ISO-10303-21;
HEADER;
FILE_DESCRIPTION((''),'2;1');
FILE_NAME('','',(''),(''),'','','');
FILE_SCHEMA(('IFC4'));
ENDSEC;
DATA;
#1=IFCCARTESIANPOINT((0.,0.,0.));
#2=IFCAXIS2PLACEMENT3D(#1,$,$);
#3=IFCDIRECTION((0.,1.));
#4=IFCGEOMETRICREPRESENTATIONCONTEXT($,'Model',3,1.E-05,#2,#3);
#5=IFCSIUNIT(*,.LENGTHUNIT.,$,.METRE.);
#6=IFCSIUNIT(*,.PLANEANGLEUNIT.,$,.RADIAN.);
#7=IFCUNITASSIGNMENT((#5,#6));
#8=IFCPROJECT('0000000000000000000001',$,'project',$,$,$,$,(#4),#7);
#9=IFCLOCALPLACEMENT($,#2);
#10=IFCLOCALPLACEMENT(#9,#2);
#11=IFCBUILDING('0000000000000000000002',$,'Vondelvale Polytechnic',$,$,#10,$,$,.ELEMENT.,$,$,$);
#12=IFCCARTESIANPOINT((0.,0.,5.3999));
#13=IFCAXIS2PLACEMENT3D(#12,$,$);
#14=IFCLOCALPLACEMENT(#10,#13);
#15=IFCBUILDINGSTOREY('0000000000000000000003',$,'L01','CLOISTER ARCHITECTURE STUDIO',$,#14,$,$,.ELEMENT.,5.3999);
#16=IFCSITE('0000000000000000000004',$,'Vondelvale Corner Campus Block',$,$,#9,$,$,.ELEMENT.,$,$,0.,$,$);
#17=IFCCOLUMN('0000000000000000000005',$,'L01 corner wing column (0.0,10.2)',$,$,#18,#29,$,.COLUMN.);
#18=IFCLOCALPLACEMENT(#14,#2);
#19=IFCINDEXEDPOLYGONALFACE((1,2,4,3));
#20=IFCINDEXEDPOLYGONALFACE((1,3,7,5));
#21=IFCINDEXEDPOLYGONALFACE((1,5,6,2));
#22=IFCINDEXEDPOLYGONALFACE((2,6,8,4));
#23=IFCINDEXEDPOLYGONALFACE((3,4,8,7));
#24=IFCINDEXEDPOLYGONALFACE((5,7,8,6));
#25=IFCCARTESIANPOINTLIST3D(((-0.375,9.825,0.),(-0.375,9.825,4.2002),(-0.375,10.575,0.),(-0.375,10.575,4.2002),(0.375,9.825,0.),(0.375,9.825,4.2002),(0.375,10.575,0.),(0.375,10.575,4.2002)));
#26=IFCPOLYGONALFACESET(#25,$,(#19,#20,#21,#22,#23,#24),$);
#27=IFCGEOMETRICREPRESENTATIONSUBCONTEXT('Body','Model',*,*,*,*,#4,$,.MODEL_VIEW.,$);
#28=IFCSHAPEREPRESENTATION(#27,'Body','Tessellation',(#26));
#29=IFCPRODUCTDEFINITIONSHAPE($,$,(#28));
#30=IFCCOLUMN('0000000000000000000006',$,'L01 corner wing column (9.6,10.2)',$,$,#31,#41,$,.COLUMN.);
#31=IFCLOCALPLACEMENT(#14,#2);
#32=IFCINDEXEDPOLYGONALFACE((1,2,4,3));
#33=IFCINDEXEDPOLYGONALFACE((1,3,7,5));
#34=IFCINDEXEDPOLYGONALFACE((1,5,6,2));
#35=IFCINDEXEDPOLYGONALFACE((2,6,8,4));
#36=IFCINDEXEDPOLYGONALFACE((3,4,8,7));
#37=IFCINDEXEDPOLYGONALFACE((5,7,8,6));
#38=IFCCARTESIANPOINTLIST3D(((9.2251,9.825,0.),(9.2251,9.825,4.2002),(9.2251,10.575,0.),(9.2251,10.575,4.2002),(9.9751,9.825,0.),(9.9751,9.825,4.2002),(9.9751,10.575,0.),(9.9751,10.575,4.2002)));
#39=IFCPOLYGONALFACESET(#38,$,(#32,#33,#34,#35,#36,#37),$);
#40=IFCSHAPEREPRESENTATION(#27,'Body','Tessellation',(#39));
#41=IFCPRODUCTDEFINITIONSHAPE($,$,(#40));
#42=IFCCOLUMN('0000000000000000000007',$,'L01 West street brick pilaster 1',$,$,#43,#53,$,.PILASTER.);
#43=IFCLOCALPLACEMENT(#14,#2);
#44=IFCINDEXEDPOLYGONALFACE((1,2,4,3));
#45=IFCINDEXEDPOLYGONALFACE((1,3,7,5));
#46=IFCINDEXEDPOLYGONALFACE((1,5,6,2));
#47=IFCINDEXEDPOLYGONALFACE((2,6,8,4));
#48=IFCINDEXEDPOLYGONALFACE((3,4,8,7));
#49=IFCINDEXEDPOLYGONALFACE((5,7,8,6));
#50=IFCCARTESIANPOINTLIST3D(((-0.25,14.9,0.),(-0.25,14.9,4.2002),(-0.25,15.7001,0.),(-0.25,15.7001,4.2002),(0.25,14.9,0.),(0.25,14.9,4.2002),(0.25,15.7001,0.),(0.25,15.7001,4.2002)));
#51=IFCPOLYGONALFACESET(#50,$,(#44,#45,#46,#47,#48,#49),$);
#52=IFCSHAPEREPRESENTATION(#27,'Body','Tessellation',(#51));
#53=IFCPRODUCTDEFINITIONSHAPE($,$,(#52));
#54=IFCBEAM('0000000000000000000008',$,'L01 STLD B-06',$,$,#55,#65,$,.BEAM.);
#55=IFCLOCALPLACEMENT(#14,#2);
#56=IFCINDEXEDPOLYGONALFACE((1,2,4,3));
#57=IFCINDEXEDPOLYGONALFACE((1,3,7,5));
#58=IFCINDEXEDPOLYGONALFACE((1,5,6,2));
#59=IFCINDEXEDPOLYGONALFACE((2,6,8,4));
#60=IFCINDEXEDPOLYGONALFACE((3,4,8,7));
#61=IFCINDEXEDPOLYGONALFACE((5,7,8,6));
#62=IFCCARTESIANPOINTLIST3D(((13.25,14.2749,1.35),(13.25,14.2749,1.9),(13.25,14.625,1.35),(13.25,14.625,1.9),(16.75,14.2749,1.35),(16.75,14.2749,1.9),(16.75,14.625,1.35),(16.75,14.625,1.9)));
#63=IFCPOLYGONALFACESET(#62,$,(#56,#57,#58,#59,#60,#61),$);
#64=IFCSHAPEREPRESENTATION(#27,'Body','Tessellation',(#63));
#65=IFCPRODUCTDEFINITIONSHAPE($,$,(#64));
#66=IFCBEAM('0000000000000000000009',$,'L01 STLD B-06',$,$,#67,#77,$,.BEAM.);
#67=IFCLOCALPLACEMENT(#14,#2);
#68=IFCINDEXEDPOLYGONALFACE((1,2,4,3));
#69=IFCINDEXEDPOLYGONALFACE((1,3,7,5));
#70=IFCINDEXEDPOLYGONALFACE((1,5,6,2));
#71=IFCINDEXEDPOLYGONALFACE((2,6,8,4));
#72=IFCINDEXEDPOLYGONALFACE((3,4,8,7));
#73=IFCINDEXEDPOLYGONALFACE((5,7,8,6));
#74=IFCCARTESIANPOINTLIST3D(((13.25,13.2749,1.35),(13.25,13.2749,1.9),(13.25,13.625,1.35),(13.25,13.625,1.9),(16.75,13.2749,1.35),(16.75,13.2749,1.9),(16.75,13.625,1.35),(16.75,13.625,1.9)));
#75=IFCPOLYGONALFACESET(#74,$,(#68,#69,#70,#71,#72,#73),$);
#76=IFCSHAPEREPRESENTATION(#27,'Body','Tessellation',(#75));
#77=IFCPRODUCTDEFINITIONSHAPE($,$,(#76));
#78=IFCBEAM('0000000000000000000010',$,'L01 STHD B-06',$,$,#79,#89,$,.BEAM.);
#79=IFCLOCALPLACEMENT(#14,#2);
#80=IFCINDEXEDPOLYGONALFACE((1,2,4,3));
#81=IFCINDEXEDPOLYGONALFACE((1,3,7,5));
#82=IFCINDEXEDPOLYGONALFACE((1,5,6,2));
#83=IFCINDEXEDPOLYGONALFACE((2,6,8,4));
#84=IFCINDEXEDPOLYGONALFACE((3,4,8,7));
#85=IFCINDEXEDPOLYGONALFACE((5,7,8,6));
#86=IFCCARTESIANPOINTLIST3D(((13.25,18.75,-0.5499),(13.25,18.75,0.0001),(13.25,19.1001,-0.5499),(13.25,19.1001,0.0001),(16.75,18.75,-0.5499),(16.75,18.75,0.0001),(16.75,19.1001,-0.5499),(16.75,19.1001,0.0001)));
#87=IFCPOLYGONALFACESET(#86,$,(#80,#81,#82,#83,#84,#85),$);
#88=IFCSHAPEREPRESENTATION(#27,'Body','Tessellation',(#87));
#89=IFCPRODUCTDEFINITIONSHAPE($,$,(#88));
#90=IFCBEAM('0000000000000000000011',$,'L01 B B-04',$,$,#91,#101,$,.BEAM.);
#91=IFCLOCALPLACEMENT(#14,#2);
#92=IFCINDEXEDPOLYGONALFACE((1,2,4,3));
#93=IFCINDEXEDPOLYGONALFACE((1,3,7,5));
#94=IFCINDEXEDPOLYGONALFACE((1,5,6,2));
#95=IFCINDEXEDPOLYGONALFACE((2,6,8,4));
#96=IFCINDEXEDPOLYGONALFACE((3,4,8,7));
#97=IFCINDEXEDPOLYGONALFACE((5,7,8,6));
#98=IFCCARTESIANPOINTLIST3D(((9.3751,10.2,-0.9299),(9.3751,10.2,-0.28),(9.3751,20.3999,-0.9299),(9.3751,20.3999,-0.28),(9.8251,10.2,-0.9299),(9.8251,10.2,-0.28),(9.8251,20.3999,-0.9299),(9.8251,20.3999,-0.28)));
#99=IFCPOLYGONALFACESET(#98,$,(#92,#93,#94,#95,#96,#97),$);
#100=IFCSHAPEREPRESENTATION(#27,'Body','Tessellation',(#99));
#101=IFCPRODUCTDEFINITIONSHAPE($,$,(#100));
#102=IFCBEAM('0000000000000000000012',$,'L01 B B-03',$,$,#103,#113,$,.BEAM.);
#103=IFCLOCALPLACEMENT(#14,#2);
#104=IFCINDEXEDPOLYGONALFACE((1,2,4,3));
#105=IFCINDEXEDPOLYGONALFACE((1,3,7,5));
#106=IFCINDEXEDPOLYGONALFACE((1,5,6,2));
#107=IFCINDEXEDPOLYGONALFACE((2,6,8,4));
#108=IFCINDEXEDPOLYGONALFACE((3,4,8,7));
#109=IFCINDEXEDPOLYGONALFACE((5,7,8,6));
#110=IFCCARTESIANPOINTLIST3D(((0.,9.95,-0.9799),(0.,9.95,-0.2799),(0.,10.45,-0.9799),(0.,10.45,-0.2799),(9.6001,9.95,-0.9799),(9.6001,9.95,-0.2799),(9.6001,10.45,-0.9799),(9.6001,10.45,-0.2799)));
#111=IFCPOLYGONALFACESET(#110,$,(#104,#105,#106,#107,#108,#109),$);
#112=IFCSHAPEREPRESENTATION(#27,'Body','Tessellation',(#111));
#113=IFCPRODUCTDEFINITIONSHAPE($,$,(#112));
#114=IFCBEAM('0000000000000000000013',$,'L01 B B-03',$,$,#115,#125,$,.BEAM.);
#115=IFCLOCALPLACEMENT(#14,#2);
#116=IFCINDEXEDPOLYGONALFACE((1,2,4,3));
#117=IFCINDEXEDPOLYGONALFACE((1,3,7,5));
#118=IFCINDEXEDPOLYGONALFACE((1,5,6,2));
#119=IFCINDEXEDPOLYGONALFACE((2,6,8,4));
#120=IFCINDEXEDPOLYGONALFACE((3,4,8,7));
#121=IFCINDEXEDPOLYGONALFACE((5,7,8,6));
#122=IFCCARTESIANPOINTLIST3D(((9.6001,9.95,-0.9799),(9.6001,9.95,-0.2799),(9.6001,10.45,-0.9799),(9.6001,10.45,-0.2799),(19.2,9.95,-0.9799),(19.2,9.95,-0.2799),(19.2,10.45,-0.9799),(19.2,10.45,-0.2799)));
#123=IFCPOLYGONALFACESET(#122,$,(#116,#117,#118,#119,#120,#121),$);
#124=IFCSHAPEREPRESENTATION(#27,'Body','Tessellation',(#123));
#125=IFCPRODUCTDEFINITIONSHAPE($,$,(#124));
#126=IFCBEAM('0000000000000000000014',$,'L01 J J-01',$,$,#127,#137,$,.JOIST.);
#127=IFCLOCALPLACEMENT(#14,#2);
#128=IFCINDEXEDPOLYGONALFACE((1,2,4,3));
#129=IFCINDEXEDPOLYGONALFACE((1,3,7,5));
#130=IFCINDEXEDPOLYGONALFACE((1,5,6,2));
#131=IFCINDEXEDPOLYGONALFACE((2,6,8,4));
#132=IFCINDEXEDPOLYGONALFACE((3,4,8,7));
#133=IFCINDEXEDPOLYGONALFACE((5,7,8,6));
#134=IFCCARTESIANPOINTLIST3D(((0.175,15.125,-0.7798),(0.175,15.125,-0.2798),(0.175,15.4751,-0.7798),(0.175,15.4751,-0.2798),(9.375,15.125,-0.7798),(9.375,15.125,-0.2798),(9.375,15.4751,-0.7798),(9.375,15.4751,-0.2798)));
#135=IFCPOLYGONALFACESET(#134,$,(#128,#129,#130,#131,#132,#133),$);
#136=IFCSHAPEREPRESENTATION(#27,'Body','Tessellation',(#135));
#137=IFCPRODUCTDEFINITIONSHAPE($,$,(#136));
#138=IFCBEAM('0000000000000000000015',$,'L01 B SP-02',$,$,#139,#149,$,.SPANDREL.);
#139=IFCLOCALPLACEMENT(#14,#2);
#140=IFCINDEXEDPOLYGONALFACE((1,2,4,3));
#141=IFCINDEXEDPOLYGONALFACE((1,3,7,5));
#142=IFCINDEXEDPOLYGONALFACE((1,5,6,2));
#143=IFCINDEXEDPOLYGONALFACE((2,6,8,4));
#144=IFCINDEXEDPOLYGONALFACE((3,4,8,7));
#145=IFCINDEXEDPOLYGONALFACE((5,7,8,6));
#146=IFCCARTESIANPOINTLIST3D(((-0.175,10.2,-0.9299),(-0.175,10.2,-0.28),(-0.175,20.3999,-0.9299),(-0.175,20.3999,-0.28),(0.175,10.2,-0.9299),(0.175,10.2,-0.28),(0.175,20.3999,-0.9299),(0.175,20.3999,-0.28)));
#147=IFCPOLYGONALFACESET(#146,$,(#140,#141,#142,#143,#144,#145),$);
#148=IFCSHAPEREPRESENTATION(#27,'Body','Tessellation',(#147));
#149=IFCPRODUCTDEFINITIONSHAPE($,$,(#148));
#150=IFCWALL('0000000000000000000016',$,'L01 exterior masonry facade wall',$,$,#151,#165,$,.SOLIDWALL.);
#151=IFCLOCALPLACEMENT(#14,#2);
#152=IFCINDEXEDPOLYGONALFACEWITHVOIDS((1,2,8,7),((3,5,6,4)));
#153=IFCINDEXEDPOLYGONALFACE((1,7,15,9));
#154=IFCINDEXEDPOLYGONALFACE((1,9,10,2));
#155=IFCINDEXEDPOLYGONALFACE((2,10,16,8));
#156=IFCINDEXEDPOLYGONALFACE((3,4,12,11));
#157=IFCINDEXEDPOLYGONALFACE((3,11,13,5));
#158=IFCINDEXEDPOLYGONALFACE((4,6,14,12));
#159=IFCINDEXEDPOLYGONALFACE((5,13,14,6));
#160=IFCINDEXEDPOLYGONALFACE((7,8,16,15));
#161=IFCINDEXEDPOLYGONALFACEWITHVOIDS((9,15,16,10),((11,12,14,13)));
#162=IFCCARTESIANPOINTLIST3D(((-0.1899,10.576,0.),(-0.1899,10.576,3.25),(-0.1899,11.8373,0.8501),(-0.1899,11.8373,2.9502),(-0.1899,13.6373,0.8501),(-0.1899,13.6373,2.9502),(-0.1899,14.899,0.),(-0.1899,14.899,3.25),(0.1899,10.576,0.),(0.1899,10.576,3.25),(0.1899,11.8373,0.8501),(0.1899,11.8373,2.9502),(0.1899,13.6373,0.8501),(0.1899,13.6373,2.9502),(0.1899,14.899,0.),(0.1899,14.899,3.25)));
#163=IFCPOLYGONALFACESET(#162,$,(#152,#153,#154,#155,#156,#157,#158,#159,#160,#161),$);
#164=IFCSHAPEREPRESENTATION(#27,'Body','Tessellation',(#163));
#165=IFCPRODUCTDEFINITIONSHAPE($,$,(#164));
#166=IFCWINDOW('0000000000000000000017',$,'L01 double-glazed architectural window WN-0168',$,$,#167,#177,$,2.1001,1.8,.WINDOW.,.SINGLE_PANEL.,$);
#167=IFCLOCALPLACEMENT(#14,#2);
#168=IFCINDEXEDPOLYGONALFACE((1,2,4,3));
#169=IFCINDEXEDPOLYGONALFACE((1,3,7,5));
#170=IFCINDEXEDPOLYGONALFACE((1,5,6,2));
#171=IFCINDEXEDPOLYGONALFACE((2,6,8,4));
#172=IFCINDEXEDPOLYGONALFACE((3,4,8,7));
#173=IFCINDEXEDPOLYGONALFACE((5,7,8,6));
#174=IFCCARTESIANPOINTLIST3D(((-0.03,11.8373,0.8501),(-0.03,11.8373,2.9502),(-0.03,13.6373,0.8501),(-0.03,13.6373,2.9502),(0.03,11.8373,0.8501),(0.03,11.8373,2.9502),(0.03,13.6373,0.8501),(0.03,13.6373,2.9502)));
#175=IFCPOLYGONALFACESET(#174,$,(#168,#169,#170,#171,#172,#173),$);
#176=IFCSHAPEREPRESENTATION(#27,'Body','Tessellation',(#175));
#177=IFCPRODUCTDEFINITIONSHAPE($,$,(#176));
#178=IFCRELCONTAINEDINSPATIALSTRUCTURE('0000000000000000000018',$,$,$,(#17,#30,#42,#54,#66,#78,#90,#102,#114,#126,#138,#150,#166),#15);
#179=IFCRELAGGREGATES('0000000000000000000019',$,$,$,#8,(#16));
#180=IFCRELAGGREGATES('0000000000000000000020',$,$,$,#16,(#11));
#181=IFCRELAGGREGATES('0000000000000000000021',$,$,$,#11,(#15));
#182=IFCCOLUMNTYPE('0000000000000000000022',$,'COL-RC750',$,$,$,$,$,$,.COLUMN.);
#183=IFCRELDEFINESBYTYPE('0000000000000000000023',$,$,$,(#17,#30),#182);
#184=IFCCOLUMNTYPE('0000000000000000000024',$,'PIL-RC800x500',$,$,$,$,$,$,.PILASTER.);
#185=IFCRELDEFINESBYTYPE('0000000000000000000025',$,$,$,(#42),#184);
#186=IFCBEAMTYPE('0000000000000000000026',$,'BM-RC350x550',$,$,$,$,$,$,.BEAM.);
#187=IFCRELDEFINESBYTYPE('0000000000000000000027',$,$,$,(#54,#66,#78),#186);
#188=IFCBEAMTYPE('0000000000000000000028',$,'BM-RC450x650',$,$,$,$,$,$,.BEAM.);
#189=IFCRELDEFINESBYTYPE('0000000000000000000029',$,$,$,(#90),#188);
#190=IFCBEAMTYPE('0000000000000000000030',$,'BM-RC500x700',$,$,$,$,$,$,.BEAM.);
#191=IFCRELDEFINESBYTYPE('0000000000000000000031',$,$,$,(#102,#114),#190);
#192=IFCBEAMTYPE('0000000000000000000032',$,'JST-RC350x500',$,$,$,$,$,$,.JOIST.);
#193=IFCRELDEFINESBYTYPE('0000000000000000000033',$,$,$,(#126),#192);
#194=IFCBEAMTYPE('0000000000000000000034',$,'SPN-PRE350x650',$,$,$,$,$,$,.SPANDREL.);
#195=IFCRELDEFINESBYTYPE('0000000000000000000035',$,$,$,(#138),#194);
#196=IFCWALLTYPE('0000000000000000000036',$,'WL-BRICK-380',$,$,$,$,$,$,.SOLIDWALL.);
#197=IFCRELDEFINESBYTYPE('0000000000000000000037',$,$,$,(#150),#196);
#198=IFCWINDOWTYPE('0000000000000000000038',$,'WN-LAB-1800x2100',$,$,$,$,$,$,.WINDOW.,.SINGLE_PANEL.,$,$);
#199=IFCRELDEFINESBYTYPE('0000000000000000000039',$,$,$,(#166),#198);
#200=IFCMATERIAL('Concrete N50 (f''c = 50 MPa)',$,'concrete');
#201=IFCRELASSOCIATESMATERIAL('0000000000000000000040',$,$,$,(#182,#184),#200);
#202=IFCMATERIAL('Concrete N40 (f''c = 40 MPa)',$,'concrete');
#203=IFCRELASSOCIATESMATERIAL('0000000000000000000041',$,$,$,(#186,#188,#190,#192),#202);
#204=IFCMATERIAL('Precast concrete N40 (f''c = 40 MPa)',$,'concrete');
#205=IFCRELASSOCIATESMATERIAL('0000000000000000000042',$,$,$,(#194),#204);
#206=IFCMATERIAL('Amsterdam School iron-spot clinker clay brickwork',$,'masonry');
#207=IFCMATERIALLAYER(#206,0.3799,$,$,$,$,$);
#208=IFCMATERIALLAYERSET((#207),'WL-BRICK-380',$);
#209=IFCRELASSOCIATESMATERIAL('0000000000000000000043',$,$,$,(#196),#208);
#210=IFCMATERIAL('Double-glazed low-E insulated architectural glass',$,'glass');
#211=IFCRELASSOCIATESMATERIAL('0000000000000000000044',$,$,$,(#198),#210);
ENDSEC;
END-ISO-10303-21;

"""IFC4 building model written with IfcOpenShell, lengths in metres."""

from ifc_helpers import new_model, si_unit, direction, frame, frame_2d, origin, origin_2d, place, context, subcontext, project, spatial, rectangle, extrude, material, layer, layer_set, material_profile, profile_set, type_object, element, fill, save


model = new_model("IFC4")

# Units and contexts
model_context = context("Model", 3, precision=1e-05, world=origin(), true_north=direction((0.0, 1.0)))
body_context = subcontext(model_context, "Body", "Model", "MODEL_VIEW")
ifc_project = project(units=[si_unit("LENGTHUNIT", "METRE"), si_unit("PLANEANGLEUNIT", "RADIAN")], contexts=[model_context])

# Site, building, storey
site_placement = place(None, origin())
site = spatial("IfcSite", under=ifc_project, at=site_placement, Name="Vondelvale Corner Campus Block", CompositionType="ELEMENT", RefElevation=0.0)
building_placement = place(site_placement, origin())
building = spatial("IfcBuilding", under=site, at=building_placement, Name="Vondelvale Polytechnic", CompositionType="ELEMENT")
storey_placement = place(building_placement, frame((0.0, 0.0, 5.3999)))
storey = spatial("IfcBuildingStorey", under=building, at=storey_placement, Name="L01", Description="CLOISTER ARCHITECTURE STUDIO", CompositionType="ELEMENT", Elevation=5.3999)

# Columns
ifc_material_1 = material(Name="Concrete N50 (f'c = 50 MPa)", Category="concrete")
ifc_material_profile_1 = material_profile(ifc_material_1, rectangle(XDim=0.75, YDim=0.75, at=origin_2d()), Name="RC-COL-750x750")
ifc_profile_set_1 = profile_set([ifc_material_profile_1], Name="Concrete N50 (f'c = 50 MPa)")
column_type_1 = type_object("IfcColumnType", Name="COL-RC750", PredefinedType="COLUMN", material=ifc_profile_set_1)
for number, where, z_axis, x_axis, name in (
    (1, (0.0, 10.2, 0.0), (0.0, 0.0, 1.0), (1.0, 0.0, 0.0), "L01 corner wing column (0.0,10.2)"),
    (2, (9.6001, 10.2, 0.0), (0.0, 0.0, 1.0), (1.0, 0.0, 0.0), "L01 corner wing column (9.6,10.2)"),
):
    element("IfcColumn", number, at=place(storey_placement, frame(where, z_axis=z_axis, x_axis=x_axis)), inside=storey, type_object=column_type_1, Name=name, PredefinedType="COLUMN", context=body_context, shape_type="SweptSolid", body=[
        extrude(rectangle(XDim=0.75, YDim=0.75, at=origin_2d()), origin(), (0.0, 0.0, 1.0), 4.2002),
    ])
ifc_material_profile_2 = material_profile(ifc_material_1, rectangle(XDim=0.5, YDim=0.8, at=origin_2d()), Name="RC-PIL-800x500")
ifc_profile_set_2 = profile_set([ifc_material_profile_2], Name="Concrete N50 (f'c = 50 MPa)")
column_type_2 = type_object("IfcColumnType", Name="PIL-RC800x500", PredefinedType="PILASTER", material=ifc_profile_set_2)
column_placement = place(storey_placement, frame((0.0, 15.3, 0.0), z_axis=(0.0, 0.0, 1.0), x_axis=(1.0, 0.0, 0.0)))
element("IfcColumn", 3, at=column_placement, inside=storey, type_object=column_type_2, Name="L01 West street brick pilaster 1", PredefinedType="PILASTER", context=body_context, shape_type="SweptSolid", body=[
    extrude(rectangle(XDim=0.5, YDim=0.8, at=origin_2d()), origin(), (0.0, 0.0, 1.0), 4.2002),
])

# Beams
ifc_material_2 = material(Name="Concrete N40 (f'c = 40 MPa)", Category="concrete")
ifc_material_profile_3 = material_profile(ifc_material_2, rectangle(XDim=0.3501, YDim=0.55, at=origin_2d()), Name="RC-BM-350x550")
ifc_profile_set_3 = profile_set([ifc_material_profile_3], Name="Concrete N40 (f'c = 40 MPa)")
beam_type_1 = type_object("IfcBeamType", Name="BM-RC350x550", PredefinedType="BEAM", material=ifc_profile_set_3)
for number, where, z_axis, x_axis, name in (
    (4, (13.25, 14.45, 1.625), (1.0, 0.0, 0.0), (0.0, 1.0, 0.0), "L01 STLD B-06"),
    (5, (13.25, 13.45, 1.625), (1.0, 0.0, 0.0), (0.0, 1.0, 0.0), "L01 STLD B-06"),
    (6, (13.25, 18.925, -0.2749), (1.0, 0.0, 0.0), (0.0, 1.0, 0.0), "L01 STHD B-06"),
):
    element("IfcBeam", number, at=place(storey_placement, frame(where, z_axis=z_axis, x_axis=x_axis)), inside=storey, type_object=beam_type_1, Name=name, PredefinedType="BEAM", context=body_context, shape_type="SweptSolid", body=[
        extrude(rectangle(XDim=0.3501, YDim=0.55, at=origin_2d()), origin(), (0.0, 0.0, 1.0), 3.5),
    ])
ifc_material_profile_4 = material_profile(ifc_material_2, rectangle(XDim=0.45, YDim=0.6499, at=origin_2d()), Name="RC-BM-450x650")
ifc_profile_set_4 = profile_set([ifc_material_profile_4], Name="Concrete N40 (f'c = 40 MPa)")
beam_type_2 = type_object("IfcBeamType", Name="BM-RC450x650", PredefinedType="BEAM", material=ifc_profile_set_4)
beam_1_placement = place(storey_placement, frame((9.6001, 10.2, -0.605), z_axis=(0.0, 1.0, 0.0), x_axis=(-1.0, 0.0, 0.0)))
element("IfcBeam", 7, at=beam_1_placement, inside=storey, type_object=beam_type_2, Name="L01 B B-04", PredefinedType="BEAM", context=body_context, shape_type="SweptSolid", body=[
    extrude(rectangle(XDim=0.45, YDim=0.6499, at=origin_2d()), origin(), (0.0, 0.0, 1.0), 10.2),
])
ifc_material_profile_5 = material_profile(ifc_material_2, rectangle(XDim=0.5, YDim=0.7, at=origin_2d()), Name="RC-BM-500x700")
ifc_profile_set_5 = profile_set([ifc_material_profile_5], Name="Concrete N40 (f'c = 40 MPa)")
beam_type_3 = type_object("IfcBeamType", Name="BM-RC500x700", PredefinedType="BEAM", material=ifc_profile_set_5)
beam_2_placement = place(storey_placement, frame((0.0, 10.2, -0.6299), z_axis=(1.0, 0.0, 0.0), x_axis=(0.0, 1.0, 0.0)))
element("IfcBeam", 8, at=beam_2_placement, inside=storey, type_object=beam_type_3, Name="L01 B B-03", PredefinedType="BEAM", context=body_context, shape_type="SweptSolid", body=[
    extrude(rectangle(XDim=0.5, YDim=0.7, at=origin_2d()), origin(), (0.0, 0.0, 1.0), 9.6001),
])
beam_3_placement = place(storey_placement, frame((9.6001, 10.2, -0.6299), z_axis=(1.0, 0.0, 0.0), x_axis=(0.0, 1.0, 0.0)))
element("IfcBeam", 9, at=beam_3_placement, inside=storey, type_object=beam_type_3, Name="L01 B B-03", PredefinedType="BEAM", context=body_context, shape_type="SweptSolid", body=[
    extrude(rectangle(XDim=0.5, YDim=0.7, at=origin_2d()), origin(), (0.0, 0.0, 1.0), 9.5999),
])
ifc_material_profile_6 = material_profile(ifc_material_2, rectangle(XDim=0.3501, YDim=0.5, at=origin_2d()), Name="RC-JST-350x500")
ifc_profile_set_6 = profile_set([ifc_material_profile_6], Name="Concrete N40 (f'c = 40 MPa)")
beam_type_4 = type_object("IfcBeamType", Name="JST-RC350x500", PredefinedType="JOIST", material=ifc_profile_set_6)
beam_4_placement = place(storey_placement, frame((0.175, 15.3, -0.5298), z_axis=(1.0, 0.0, 0.0), x_axis=(0.0, 1.0, 0.0)))
element("IfcBeam", 10, at=beam_4_placement, inside=storey, type_object=beam_type_4, Name="L01 J J-01", PredefinedType="JOIST", context=body_context, shape_type="SweptSolid", body=[
    extrude(rectangle(XDim=0.3501, YDim=0.5, at=origin_2d()), origin(), (0.0, 0.0, 1.0), 9.2),
])
ifc_material_3 = material(Name="Precast concrete N40 (f'c = 40 MPa)", Category="concrete")
ifc_material_profile_7 = material_profile(ifc_material_3, rectangle(XDim=0.3501, YDim=0.6499, at=origin_2d()), Name="RC-SPN-350x650")
ifc_profile_set_7 = profile_set([ifc_material_profile_7], Name="Precast concrete N40 (f'c = 40 MPa)")
beam_type_5 = type_object("IfcBeamType", Name="SPN-PRE350x650", PredefinedType="SPANDREL", material=ifc_profile_set_7)
beam_5_placement = place(storey_placement, frame((0.0, 10.2, -0.605), z_axis=(0.0, 1.0, 0.0), x_axis=(-1.0, 0.0, 0.0)))
element("IfcBeam", 11, at=beam_5_placement, inside=storey, type_object=beam_type_5, Name="L01 B SP-02", PredefinedType="SPANDREL", context=body_context, shape_type="SweptSolid", body=[
    extrude(rectangle(XDim=0.3501, YDim=0.6499, at=origin_2d()), origin(), (0.0, 0.0, 1.0), 10.2),
])

# Wall, opening, window
ifc_material_4 = material(Name="Amsterdam School iron-spot clinker clay brickwork", Category="masonry")
ifc_layer_1 = layer(ifc_material_4, 0.3799)
ifc_layer_set_1 = layer_set([ifc_layer_1], Name="WL-BRICK-380")
wall_type_1 = type_object("IfcWallType", Name="WL-BRICK-380", PredefinedType="SOLIDWALL", material=ifc_layer_set_1)
wall_1_placement = place(storey_placement, frame((0.0, 10.5759, 0.0), z_axis=(0.0, 0.0, 1.0), x_axis=(0.0, 1.0, 0.0)))
wall_1 = element("IfcWall", 12, at=wall_1_placement, inside=storey, type_object=wall_type_1, Name="L01 exterior masonry facade wall", PredefinedType="SOLIDWALL", context=body_context, shape_type="SweptSolid", body=[
    extrude(rectangle(XDim=4.323, YDim=0.3799, at=frame_2d((2.1616, 0.0))), origin(), (0.0, 0.0, 1.0), 3.25),
])
opening_1_placement = place(wall_1_placement, frame((1.2615, 0.0, 0.8501)))
opening_1 = element("IfcOpeningElement", 13, at=opening_1_placement, cuts=wall_1, PredefinedType="OPENING", context=body_context, shape_type="SweptSolid", body=[
    extrude(rectangle(XDim=1.8, YDim=2.1001, at=frame_2d((0.8999, 1.05))), frame((0.0, 0.2, 0.0), z_axis=(0.0, -1.0, 0.0), x_axis=(1.0, 0.0, 0.0)), (0.0, 0.0, 1.0), 0.3999),
])
ifc_material_5 = material(Name="Double-glazed low-E insulated architectural glass", Category="glass")
window_type = type_object("IfcWindowType", Name="WN-LAB-1800x2100", PartitioningType="SINGLE_PANEL", PredefinedType="WINDOW", material=ifc_material_5)
window_1_placement = place(opening_1_placement, origin())
window_1 = element("IfcWindow", 14, at=window_1_placement, inside=storey, type_object=window_type, Name="L01 double-glazed architectural window WN-0168", OverallHeight=2.1001, OverallWidth=1.8, PartitioningType="SINGLE_PANEL", PredefinedType="WINDOW", context=body_context, shape_type="SweptSolid", body=[
    extrude(rectangle(XDim=1.8, YDim=2.1001, at=frame_2d((0.8999, 1.05))), frame((0.0, 0.03, 0.0), z_axis=(0.0, -1.0, 0.0), x_axis=(1.0, 0.0, 0.0)), (0.0, 0.0, 1.0), 0.0601),
])
fill(opening_1, window_1)

save(model, "model.ifc")
